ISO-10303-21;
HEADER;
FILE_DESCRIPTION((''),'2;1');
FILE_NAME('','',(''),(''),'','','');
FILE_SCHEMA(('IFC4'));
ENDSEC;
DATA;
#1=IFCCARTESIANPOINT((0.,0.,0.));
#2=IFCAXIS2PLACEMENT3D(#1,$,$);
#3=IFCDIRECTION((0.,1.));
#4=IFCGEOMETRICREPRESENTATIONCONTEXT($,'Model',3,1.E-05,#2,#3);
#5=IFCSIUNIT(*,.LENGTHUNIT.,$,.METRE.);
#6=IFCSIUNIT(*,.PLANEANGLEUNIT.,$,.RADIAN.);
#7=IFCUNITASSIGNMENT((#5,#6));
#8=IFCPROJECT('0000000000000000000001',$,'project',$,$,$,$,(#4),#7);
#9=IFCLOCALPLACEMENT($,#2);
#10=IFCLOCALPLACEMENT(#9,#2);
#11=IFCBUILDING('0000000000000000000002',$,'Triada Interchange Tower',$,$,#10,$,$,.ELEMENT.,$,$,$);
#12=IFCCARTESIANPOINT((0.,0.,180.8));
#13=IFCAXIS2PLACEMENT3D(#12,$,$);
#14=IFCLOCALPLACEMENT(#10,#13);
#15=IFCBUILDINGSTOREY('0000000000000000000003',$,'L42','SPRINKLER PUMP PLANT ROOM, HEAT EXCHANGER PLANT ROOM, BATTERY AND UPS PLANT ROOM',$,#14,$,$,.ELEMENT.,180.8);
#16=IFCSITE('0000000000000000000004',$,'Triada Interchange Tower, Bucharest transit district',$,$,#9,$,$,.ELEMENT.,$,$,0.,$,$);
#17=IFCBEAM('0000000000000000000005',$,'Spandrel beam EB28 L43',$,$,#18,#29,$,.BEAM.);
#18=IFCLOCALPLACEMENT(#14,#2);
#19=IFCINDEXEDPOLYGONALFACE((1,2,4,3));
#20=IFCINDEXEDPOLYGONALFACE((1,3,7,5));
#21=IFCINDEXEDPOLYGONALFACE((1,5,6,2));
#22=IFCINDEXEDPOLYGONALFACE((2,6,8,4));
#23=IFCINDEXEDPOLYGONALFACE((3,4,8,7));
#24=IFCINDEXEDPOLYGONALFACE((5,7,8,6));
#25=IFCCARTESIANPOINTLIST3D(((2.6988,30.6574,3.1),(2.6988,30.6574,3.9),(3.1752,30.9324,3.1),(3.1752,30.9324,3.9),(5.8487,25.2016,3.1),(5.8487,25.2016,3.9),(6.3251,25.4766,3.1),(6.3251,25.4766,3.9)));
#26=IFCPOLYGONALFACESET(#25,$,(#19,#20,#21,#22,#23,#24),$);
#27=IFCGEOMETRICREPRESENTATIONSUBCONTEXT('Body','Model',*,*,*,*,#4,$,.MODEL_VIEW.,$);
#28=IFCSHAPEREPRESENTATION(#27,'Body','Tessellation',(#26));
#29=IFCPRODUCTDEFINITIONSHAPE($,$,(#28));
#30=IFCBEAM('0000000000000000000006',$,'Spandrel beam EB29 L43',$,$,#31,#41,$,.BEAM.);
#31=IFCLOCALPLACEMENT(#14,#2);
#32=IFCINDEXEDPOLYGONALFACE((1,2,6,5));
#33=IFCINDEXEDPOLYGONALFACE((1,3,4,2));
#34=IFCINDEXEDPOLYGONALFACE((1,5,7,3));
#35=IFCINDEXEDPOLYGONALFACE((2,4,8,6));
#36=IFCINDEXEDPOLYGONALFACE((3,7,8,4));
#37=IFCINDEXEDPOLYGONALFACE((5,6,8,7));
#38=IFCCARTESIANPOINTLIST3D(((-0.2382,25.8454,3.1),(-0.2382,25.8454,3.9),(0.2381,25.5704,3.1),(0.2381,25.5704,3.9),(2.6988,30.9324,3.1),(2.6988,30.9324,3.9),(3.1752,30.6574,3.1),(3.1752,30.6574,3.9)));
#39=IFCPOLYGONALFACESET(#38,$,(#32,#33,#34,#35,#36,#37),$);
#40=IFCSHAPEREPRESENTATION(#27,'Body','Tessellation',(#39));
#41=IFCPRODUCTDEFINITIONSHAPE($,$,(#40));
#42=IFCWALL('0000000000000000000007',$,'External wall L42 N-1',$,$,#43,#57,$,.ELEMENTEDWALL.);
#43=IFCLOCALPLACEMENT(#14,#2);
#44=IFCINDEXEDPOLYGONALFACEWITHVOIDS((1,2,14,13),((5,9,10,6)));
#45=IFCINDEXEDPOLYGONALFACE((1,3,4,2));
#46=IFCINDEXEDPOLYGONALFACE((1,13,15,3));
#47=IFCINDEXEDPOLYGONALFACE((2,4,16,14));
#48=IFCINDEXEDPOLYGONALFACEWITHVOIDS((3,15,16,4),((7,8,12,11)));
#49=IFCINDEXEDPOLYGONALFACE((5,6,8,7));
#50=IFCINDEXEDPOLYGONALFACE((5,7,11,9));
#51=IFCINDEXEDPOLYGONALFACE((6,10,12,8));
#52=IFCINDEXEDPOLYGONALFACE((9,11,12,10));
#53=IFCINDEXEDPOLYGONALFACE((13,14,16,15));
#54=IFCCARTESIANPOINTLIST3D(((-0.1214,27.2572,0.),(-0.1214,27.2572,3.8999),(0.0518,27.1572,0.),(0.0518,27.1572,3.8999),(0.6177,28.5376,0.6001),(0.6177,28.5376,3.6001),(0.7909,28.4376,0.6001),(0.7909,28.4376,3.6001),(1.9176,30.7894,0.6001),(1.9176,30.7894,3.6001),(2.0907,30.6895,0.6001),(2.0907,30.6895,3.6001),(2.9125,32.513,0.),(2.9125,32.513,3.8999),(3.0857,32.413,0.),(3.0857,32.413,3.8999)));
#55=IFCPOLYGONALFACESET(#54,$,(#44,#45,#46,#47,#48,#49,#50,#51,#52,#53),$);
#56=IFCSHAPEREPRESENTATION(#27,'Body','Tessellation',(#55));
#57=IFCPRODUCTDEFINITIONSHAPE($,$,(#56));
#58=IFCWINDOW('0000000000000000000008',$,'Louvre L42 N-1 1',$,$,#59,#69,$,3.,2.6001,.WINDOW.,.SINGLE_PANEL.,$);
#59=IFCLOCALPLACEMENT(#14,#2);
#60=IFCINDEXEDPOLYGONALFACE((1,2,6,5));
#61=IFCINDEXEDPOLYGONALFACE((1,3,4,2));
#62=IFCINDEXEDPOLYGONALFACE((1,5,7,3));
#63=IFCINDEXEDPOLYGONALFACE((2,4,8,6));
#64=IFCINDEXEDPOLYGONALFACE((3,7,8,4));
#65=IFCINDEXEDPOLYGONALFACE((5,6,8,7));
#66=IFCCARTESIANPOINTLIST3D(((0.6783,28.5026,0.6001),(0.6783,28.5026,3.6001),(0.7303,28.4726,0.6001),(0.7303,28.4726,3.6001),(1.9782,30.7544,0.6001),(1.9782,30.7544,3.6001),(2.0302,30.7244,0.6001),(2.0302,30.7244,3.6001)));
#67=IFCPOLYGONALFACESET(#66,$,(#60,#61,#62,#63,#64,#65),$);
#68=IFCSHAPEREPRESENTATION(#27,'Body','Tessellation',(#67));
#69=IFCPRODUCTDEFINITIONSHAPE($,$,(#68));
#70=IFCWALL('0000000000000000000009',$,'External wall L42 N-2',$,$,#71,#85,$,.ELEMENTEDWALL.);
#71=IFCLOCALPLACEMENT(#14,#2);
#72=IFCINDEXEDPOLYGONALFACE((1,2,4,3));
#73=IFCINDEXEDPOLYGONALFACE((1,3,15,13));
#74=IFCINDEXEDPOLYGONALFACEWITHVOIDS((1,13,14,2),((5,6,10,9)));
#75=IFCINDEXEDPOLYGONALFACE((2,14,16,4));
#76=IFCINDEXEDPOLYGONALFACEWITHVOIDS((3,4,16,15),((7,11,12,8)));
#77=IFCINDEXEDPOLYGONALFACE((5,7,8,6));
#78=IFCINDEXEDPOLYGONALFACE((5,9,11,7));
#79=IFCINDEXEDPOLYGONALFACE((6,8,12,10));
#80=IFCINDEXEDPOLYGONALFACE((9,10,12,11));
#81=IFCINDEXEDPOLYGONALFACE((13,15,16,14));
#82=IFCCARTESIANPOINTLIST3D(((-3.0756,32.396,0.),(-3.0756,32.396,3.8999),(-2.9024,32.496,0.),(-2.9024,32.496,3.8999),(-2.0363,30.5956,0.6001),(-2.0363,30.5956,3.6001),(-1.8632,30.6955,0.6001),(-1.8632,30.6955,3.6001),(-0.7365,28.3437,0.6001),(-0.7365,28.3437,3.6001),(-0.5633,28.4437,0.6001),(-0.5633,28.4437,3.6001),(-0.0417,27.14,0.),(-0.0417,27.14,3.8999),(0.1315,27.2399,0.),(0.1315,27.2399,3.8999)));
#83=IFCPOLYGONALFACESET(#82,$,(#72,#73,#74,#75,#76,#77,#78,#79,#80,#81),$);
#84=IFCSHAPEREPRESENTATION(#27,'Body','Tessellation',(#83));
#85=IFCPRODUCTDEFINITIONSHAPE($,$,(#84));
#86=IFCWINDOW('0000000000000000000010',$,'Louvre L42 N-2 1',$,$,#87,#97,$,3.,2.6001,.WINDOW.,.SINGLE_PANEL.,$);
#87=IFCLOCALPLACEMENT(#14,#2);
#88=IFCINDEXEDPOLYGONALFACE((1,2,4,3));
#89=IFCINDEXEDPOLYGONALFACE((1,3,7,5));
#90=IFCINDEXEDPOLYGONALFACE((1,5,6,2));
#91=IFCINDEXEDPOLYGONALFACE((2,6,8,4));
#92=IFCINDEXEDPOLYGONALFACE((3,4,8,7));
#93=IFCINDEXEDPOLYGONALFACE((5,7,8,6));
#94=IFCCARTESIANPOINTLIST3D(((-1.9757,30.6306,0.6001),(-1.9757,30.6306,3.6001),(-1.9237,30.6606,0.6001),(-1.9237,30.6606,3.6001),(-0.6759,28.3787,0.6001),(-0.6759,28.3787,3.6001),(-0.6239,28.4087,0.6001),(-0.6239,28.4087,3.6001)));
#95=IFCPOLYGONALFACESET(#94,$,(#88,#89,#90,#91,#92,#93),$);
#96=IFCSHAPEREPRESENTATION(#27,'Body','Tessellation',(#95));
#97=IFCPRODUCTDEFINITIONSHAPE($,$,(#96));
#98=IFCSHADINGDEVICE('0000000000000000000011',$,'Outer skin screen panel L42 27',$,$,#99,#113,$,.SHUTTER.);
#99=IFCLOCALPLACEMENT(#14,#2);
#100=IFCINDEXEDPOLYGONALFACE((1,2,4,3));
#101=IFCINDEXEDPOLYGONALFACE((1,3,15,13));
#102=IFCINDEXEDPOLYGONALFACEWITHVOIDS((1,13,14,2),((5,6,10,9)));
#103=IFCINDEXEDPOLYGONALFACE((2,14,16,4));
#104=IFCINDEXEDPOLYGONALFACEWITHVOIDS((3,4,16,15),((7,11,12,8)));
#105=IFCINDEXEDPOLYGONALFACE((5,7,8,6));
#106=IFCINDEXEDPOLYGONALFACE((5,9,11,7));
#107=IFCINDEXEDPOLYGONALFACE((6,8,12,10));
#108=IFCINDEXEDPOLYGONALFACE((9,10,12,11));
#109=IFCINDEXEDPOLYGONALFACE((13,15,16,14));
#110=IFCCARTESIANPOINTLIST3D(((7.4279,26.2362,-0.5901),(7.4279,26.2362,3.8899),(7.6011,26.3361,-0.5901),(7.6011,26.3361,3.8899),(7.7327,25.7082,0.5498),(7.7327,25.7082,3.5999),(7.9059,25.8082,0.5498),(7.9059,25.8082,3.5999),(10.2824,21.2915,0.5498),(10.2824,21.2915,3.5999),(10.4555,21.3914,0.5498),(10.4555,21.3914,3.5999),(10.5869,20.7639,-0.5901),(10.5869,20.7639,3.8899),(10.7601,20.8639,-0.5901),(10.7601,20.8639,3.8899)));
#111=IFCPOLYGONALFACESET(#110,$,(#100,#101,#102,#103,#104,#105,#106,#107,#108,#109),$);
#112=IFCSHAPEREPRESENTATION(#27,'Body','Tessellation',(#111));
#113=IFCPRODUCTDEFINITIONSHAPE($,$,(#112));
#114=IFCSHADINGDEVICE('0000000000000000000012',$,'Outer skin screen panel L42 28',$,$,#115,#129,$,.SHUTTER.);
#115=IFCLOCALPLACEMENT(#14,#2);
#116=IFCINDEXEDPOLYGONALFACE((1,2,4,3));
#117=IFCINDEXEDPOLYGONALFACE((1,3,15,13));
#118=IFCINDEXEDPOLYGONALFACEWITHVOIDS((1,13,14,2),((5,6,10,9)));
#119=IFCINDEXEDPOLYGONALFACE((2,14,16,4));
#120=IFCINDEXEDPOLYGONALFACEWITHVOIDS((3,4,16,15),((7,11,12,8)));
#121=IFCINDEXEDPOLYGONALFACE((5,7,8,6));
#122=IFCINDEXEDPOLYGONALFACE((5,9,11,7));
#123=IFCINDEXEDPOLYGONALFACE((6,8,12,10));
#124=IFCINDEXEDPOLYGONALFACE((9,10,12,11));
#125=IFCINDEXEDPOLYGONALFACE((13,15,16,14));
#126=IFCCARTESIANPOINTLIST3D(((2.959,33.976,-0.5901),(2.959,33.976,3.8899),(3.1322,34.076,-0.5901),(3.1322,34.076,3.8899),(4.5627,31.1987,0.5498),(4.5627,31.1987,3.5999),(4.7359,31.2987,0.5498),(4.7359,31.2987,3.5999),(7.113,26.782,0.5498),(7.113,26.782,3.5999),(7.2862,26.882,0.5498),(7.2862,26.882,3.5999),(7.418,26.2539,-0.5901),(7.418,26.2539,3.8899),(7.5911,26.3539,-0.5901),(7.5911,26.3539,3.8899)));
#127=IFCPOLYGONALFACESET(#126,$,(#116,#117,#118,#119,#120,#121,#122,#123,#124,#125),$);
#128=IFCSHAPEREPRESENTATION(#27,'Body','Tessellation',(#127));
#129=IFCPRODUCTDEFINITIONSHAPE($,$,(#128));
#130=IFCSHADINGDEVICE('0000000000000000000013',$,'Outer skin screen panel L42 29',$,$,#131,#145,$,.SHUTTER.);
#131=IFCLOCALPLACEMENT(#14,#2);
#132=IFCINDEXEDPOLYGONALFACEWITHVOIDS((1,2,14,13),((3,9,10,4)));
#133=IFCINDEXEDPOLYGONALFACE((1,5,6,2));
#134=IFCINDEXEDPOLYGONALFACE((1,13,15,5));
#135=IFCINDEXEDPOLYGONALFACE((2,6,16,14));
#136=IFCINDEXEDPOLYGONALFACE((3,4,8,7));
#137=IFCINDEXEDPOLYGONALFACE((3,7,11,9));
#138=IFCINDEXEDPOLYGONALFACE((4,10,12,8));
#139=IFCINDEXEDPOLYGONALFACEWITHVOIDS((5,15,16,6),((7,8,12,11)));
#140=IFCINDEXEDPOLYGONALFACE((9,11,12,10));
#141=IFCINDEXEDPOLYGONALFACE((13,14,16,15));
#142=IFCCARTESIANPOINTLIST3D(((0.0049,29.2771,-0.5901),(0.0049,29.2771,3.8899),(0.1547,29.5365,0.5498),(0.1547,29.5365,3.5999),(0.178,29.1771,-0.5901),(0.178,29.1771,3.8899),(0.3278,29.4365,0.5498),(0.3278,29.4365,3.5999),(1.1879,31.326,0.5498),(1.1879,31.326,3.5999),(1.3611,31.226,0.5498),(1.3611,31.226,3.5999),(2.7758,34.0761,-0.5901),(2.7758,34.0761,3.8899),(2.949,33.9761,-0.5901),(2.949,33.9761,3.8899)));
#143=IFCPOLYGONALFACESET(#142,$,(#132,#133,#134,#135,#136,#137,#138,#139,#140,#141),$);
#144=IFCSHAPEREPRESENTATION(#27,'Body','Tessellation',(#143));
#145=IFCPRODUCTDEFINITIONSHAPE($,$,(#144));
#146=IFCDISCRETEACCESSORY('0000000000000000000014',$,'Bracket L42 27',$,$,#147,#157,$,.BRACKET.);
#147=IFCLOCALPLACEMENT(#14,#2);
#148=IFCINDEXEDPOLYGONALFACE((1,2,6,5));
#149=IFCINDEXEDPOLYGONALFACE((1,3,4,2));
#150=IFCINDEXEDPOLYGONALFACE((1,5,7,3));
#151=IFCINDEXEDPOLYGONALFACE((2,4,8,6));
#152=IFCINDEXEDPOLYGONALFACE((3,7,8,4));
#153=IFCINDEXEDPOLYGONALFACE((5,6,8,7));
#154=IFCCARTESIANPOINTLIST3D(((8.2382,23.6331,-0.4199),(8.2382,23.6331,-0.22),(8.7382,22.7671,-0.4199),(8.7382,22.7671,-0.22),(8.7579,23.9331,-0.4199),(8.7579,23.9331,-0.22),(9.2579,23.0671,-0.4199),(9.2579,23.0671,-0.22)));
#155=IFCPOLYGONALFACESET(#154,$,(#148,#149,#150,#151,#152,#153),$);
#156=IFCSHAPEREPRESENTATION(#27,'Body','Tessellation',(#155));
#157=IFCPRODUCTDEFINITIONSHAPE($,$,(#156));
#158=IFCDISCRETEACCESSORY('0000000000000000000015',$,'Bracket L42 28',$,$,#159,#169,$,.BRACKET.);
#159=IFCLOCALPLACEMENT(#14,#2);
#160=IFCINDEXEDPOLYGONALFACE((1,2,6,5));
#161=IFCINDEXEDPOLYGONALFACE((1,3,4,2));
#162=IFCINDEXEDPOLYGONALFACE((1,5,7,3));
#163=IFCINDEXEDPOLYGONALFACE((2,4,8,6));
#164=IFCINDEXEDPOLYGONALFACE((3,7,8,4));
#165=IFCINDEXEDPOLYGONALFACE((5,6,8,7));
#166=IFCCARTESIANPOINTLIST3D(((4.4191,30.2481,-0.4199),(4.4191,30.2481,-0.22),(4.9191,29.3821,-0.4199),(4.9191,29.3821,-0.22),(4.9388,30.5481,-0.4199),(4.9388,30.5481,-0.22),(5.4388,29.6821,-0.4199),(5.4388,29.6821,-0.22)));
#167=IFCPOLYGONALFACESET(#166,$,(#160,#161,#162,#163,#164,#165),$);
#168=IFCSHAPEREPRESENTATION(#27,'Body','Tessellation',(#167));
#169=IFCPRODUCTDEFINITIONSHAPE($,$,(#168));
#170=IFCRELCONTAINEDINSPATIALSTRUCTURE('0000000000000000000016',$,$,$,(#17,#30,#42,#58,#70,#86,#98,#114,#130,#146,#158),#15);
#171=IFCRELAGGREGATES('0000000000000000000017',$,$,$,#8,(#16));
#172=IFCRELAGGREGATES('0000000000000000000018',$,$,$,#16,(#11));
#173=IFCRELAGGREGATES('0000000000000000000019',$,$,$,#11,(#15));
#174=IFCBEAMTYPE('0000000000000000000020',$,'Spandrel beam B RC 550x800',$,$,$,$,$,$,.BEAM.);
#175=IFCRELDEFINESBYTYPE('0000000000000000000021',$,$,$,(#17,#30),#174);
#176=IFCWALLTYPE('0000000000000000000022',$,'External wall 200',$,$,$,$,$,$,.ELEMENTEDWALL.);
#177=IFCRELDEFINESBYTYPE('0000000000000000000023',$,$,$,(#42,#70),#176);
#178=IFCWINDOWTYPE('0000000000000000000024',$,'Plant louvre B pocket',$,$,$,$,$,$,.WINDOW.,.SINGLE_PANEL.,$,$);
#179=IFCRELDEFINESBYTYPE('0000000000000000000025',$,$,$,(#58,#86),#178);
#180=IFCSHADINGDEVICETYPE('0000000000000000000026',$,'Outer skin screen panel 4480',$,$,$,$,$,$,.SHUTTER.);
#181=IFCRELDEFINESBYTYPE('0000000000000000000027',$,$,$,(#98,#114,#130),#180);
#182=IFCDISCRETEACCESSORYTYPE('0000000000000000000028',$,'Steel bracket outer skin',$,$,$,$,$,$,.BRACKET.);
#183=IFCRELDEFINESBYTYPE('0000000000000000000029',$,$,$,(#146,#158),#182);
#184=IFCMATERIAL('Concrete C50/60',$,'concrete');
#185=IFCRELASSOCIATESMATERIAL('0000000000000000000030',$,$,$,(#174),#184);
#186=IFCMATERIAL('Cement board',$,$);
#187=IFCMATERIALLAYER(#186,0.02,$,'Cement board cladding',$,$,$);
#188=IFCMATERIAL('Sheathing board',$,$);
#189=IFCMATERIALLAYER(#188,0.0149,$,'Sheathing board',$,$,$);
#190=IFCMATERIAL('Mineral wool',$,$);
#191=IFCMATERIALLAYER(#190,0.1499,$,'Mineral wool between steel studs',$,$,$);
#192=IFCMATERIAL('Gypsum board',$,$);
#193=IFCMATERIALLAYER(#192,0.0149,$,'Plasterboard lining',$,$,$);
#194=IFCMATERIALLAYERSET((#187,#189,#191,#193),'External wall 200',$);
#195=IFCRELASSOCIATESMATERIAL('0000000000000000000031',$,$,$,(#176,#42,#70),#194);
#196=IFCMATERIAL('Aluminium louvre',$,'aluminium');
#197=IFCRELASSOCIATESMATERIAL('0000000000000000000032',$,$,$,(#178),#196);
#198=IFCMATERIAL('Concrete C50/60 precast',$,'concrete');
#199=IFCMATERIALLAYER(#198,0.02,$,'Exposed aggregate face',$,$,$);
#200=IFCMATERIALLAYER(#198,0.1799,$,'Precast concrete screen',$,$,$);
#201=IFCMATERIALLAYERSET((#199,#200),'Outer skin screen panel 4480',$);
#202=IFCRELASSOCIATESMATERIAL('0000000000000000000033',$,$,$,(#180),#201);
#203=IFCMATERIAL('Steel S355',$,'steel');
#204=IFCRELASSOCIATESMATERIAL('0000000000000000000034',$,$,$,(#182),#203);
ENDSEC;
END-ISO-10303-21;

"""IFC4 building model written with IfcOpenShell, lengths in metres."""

from ifc_helpers import new_model, si_unit, direction, frame, frame_2d, origin, origin_2d, place, context, subcontext, project, spatial, polyline, rectangle, outline, extrude, material, layer, layer_set, layer_usage, material_profile, profile_set, type_object, element, fill, save


model = new_model("IFC4")

# Units and contexts
model_context = context("Model", 3, precision=1e-05, world=origin(), true_north=direction((0.0, 1.0)))
body_context = subcontext(model_context, "Body", "Model", "MODEL_VIEW")
ifc_project = project(units=[si_unit("LENGTHUNIT", "METRE"), si_unit("PLANEANGLEUNIT", "RADIAN")], contexts=[model_context])

# Site, building, storey
site_placement = place(None, origin())
site = spatial("IfcSite", under=ifc_project, at=site_placement, Name="Triada Interchange Tower, Bucharest transit district", CompositionType="ELEMENT", RefElevation=0.0)
building_placement = place(site_placement, origin())
building = spatial("IfcBuilding", under=site, at=building_placement, Name="Triada Interchange Tower", CompositionType="ELEMENT")
storey_placement = place(building_placement, frame((0.0, 0.0, 180.8)))
storey = spatial("IfcBuildingStorey", under=building, at=storey_placement, Name="L42", Description="SPRINKLER PUMP PLANT ROOM, HEAT EXCHANGER PLANT ROOM, BATTERY AND UPS PLANT ROOM", CompositionType="ELEMENT", Elevation=180.8)

# Shared definitions
ifc_material_1 = material(Name="Steel S355", Category="steel")

# Beams
ifc_material_2 = material(Name="Concrete C50/60", Category="concrete")
ifc_material_profile_1 = material_profile(ifc_material_2, rectangle(XDim=0.55, YDim=0.8, at=origin_2d()), Name="RC 550x800")
ifc_profile_set_1 = profile_set([ifc_material_profile_1], Name="Concrete C50/60")
beam_type_1 = type_object("IfcBeamType", Name="Spandrel beam B RC 550x800", PredefinedType="BEAM", material=ifc_profile_set_1)
beam_1_placement = place(storey_placement, frame((6.0869, 25.3391, 3.5), z_axis=(-0.499999, 0.866026, 0.0), x_axis=(-0.866026, -0.499999, 0.0)))
element("IfcBeam", 1, at=beam_1_placement, inside=storey, type_object=beam_type_1, Name="Spandrel beam EB28 L43", PredefinedType="BEAM", context=body_context, shape_type="SweptSolid", body=[
    extrude(rectangle(XDim=0.55, YDim=0.8, at=origin_2d()), origin(), (0.0, 0.0, 1.0), 6.2998),
])
beam_2_placement = place(storey_placement, frame((2.937, 30.7949, 3.5), z_axis=(-0.50001, -0.866019, 0.0), x_axis=(0.866019, -0.50001, 0.0)))
element("IfcBeam", 2, at=beam_2_placement, inside=storey, type_object=beam_type_1, Name="Spandrel beam EB29 L43", PredefinedType="BEAM", context=body_context, shape_type="SweptSolid", body=[
    extrude(rectangle(XDim=0.55, YDim=0.8, at=origin_2d()), origin(), (0.0, 0.0, 1.0), 5.874),
])

# Walls, openings, windows
ifc_material_3 = material(Name="Cement board")
ifc_layer_1 = layer(ifc_material_3, 0.02, Name="Cement board cladding")
ifc_material_4 = material(Name="Sheathing board")
ifc_layer_2 = layer(ifc_material_4, 0.0149, Name="Sheathing board")
ifc_material_5 = material(Name="Mineral wool")
ifc_layer_3 = layer(ifc_material_5, 0.1499, Name="Mineral wool between steel studs")
ifc_material_6 = material(Name="Gypsum board")
ifc_layer_4 = layer(ifc_material_6, 0.0149, Name="Plasterboard lining")
ifc_layer_set_1 = layer_set([ifc_layer_1, ifc_layer_2, ifc_layer_3, ifc_layer_4], Name="External wall 200")
ifc_layer_usage = layer_usage(ifc_layer_set_1, "AXIS2", "POSITIVE", -0.1001)
wall_type = type_object("IfcWallType", Name="External wall 200", PredefinedType="ELEMENTEDWALL", material=ifc_layer_set_1)
wall_1_placement = place(storey_placement, frame((2.999, 32.4629, 0.0), z_axis=(0.0, 0.0, 1.0), x_axis=(-0.499934, -0.866064, 0.0)))
wall_1 = element("IfcWall", 3, at=wall_1_placement, inside=storey, type_object=wall_type, material=ifc_layer_usage, Name="External wall L42 N-1", PredefinedType="ELEMENTEDWALL", context=body_context, shape_type="SweptSolid", body=[
    extrude(rectangle(XDim=6.0686, YDim=0.2, at=frame_2d((3.0342, 0.0))), origin(), (0.0, 0.0, 1.0), 3.8999),
])
opening_1_placement = place(wall_1_placement, frame((1.99, 0.0, 0.6001)))
opening_1 = element("IfcOpeningElement", 4, at=opening_1_placement, cuts=wall_1, PredefinedType="OPENING", context=body_context, shape_type="SweptSolid", body=[
    extrude(rectangle(XDim=2.6001, YDim=3.0, at=frame_2d((1.3, 1.5))), frame((0.0, 0.1099, 0.0), z_axis=(0.0, -1.0, 0.0), x_axis=(1.0, 0.0, 0.0)), (0.0, 0.0, 1.0), 0.22),
])
ifc_material_7 = material(Name="Aluminium louvre", Category="aluminium")
window_type = type_object("IfcWindowType", Name="Plant louvre B pocket", PartitioningType="SINGLE_PANEL", PredefinedType="WINDOW", material=ifc_material_7)
window_1_placement = place(opening_1_placement, origin())
window_1 = element("IfcWindow", 5, at=window_1_placement, inside=storey, type_object=window_type, Name="Louvre L42 N-1 1", OverallHeight=3.0, OverallWidth=2.6001, PartitioningType="SINGLE_PANEL", PredefinedType="WINDOW", context=body_context, shape_type="SweptSolid", body=[
    extrude(rectangle(XDim=2.6001, YDim=3.0, at=frame_2d((1.3, 1.5))), frame((0.0, 0.03, 0.0), z_axis=(0.0, -1.0, 0.0), x_axis=(1.0, 0.0, 0.0)), (0.0, 0.0, 1.0), 0.0601),
])
fill(opening_1, window_1)
wall_2_placement = place(storey_placement, frame((0.0449, 27.1899, 0.0), z_axis=(0.0, 0.0, 1.0), x_axis=(-0.499916, 0.866074, 0.0)))
wall_2 = element("IfcWall", 6, at=wall_2_placement, inside=storey, type_object=wall_type, material=ifc_layer_usage, Name="External wall L42 N-2", PredefinedType="ELEMENTEDWALL", context=body_context, shape_type="SweptSolid", body=[
    extrude(rectangle(XDim=6.0688, YDim=0.2, at=frame_2d((3.0344, 0.0))), origin(), (0.0, 0.0, 1.0), 3.8999),
])
opening_2_placement = place(wall_2_placement, frame((1.3899, 0.0, 0.6001)))
opening_2 = element("IfcOpeningElement", 7, at=opening_2_placement, cuts=wall_2, PredefinedType="OPENING", context=body_context, shape_type="SweptSolid", body=[
    extrude(rectangle(XDim=2.6001, YDim=3.0, at=frame_2d((1.3, 1.5))), frame((0.0, 0.1099, 0.0), z_axis=(0.0, -1.0, 0.0), x_axis=(1.0, 0.0, 0.0)), (0.0, 0.0, 1.0), 0.22),
])
window_2_placement = place(opening_2_placement, origin())
window_2 = element("IfcWindow", 8, at=window_2_placement, inside=storey, type_object=window_type, Name="Louvre L42 N-2 1", OverallHeight=3.0, OverallWidth=2.6001, PartitioningType="SINGLE_PANEL", PredefinedType="WINDOW", context=body_context, shape_type="SweptSolid", body=[
    extrude(rectangle(XDim=2.6001, YDim=3.0, at=frame_2d((1.3, 1.5))), frame((0.0, 0.03, 0.0), z_axis=(0.0, -1.0, 0.0), x_axis=(1.0, 0.0, 0.0)), (0.0, 0.0, 1.0), 0.0601),
])
fill(opening_2, window_2)

# Shading devices
ifc_material_8 = material(Name="Concrete C50/60 precast", Category="concrete")
ifc_layer_5 = layer(ifc_material_8, 0.02, Name="Exposed aggregate face")
ifc_layer_6 = layer(ifc_material_8, 0.1799, Name="Precast concrete screen")
ifc_layer_set_2 = layer_set([ifc_layer_5, ifc_layer_6], Name="Outer skin screen panel 4480")
shading_device_type = type_object("IfcShadingDeviceType", Name="Outer skin screen panel 4480", PredefinedType="SHUTTER", material=ifc_layer_set_2)
shading_device_1_placement = place(storey_placement, frame((10.5869, 20.7639, -0.5901), z_axis=(0.0, 0.0, 1.0), x_axis=(-0.49995, 0.866054, 0.0)))
element("IfcShadingDevice", 9, at=shading_device_1_placement, inside=storey, type_object=shading_device_type, Name="Outer skin screen panel L42 27", PredefinedType="SHUTTER", context=body_context, shape_type="SweptSolid", body=[
    extrude(outline(polyline([(0.0, 0.0), (6.3186, 0.0), (6.3186, 4.48), (0.0, 4.48), (0.0, 0.0)]), holes=[polyline([(0.6091, 1.1399), (0.6091, 4.1899), (5.709, 4.1899), (5.709, 1.1399), (0.6091, 1.1399)])]), frame((0.0, 0.0, 0.0), z_axis=(0.0, -1.0, 0.0), x_axis=(1.0, 0.0, 0.0)), (0.0, 0.0, 1.0), 0.2),
])
shading_device_2_placement = place(storey_placement, frame((7.418, 26.2539, -0.5901), z_axis=(0.0, 0.0, 1.0), x_axis=(-0.50005, 0.865997, 0.0)))
element("IfcShadingDevice", 10, at=shading_device_2_placement, inside=storey, type_object=shading_device_type, Name="Outer skin screen panel L42 28", PredefinedType="SHUTTER", context=body_context, shape_type="SweptSolid", body=[
    extrude(outline(polyline([(0.0, 0.0), (8.917, 0.0), (8.917, 4.48), (0.0, 4.48), (0.0, 0.0)]), holes=[polyline([(0.6099, 1.1399), (0.6099, 4.1899), (5.71, 4.1899), (5.71, 1.1399), (0.6099, 1.1399)])]), frame((0.0, 0.0, 0.0), z_axis=(0.0, -1.0, 0.0), x_axis=(1.0, 0.0, 0.0)), (0.0, 0.0, 1.0), 0.2),
])
shading_device_3_placement = place(storey_placement, frame((2.949, 33.9761, -0.5901), z_axis=(0.0, 0.0, 1.0), x_axis=(-0.500034, -0.866006, 0.0)))
element("IfcShadingDevice", 11, at=shading_device_3_placement, inside=storey, type_object=shading_device_type, Name="Outer skin screen panel L42 29", PredefinedType="SHUTTER", context=body_context, shape_type="SweptSolid", body=[
    extrude(outline(polyline([(0.0, 0.0), (5.5415, 0.0), (5.5415, 4.48), (0.0, 4.48), (0.0, 0.0)]), holes=[polyline([(3.1755, 1.1399), (3.1755, 4.1899), (5.2419, 4.1899), (5.2419, 1.1399), (3.1755, 1.1399)])]), frame((0.0, 0.0, 0.0), z_axis=(0.0, -1.0, 0.0), x_axis=(1.0, 0.0, 0.0)), (0.0, 0.0, 1.0), 0.2),
])

# Discrete accessories
discrete_accessory_type = type_object("IfcDiscreteAccessoryType", Name="Steel bracket outer skin", PredefinedType="BRACKET", material=ifc_material_1)
for number, where, z_axis, x_axis, name in (
    (12, (8.748, 23.3501, -0.4199), (0.0, 0.0, 1.0), (0.866021, 0.500007, 0.0), "Bracket L42 27"),
    (13, (4.929, 29.9651, -0.4199), (0.0, 0.0, 1.0), (0.866021, 0.500007, 0.0), "Bracket L42 28"),
):
    element("IfcDiscreteAccessory", number, at=place(storey_placement, frame(where, z_axis=z_axis, x_axis=x_axis)), inside=storey, type_object=discrete_accessory_type, Name=name, PredefinedType="BRACKET", context=body_context, shape_type="SweptSolid", body=[
        extrude(rectangle(XDim=0.6001, YDim=1.0, at=origin_2d()), origin(), (0.0, 0.0, 1.0), 0.2),
    ])

save(model, "model.ifc")
